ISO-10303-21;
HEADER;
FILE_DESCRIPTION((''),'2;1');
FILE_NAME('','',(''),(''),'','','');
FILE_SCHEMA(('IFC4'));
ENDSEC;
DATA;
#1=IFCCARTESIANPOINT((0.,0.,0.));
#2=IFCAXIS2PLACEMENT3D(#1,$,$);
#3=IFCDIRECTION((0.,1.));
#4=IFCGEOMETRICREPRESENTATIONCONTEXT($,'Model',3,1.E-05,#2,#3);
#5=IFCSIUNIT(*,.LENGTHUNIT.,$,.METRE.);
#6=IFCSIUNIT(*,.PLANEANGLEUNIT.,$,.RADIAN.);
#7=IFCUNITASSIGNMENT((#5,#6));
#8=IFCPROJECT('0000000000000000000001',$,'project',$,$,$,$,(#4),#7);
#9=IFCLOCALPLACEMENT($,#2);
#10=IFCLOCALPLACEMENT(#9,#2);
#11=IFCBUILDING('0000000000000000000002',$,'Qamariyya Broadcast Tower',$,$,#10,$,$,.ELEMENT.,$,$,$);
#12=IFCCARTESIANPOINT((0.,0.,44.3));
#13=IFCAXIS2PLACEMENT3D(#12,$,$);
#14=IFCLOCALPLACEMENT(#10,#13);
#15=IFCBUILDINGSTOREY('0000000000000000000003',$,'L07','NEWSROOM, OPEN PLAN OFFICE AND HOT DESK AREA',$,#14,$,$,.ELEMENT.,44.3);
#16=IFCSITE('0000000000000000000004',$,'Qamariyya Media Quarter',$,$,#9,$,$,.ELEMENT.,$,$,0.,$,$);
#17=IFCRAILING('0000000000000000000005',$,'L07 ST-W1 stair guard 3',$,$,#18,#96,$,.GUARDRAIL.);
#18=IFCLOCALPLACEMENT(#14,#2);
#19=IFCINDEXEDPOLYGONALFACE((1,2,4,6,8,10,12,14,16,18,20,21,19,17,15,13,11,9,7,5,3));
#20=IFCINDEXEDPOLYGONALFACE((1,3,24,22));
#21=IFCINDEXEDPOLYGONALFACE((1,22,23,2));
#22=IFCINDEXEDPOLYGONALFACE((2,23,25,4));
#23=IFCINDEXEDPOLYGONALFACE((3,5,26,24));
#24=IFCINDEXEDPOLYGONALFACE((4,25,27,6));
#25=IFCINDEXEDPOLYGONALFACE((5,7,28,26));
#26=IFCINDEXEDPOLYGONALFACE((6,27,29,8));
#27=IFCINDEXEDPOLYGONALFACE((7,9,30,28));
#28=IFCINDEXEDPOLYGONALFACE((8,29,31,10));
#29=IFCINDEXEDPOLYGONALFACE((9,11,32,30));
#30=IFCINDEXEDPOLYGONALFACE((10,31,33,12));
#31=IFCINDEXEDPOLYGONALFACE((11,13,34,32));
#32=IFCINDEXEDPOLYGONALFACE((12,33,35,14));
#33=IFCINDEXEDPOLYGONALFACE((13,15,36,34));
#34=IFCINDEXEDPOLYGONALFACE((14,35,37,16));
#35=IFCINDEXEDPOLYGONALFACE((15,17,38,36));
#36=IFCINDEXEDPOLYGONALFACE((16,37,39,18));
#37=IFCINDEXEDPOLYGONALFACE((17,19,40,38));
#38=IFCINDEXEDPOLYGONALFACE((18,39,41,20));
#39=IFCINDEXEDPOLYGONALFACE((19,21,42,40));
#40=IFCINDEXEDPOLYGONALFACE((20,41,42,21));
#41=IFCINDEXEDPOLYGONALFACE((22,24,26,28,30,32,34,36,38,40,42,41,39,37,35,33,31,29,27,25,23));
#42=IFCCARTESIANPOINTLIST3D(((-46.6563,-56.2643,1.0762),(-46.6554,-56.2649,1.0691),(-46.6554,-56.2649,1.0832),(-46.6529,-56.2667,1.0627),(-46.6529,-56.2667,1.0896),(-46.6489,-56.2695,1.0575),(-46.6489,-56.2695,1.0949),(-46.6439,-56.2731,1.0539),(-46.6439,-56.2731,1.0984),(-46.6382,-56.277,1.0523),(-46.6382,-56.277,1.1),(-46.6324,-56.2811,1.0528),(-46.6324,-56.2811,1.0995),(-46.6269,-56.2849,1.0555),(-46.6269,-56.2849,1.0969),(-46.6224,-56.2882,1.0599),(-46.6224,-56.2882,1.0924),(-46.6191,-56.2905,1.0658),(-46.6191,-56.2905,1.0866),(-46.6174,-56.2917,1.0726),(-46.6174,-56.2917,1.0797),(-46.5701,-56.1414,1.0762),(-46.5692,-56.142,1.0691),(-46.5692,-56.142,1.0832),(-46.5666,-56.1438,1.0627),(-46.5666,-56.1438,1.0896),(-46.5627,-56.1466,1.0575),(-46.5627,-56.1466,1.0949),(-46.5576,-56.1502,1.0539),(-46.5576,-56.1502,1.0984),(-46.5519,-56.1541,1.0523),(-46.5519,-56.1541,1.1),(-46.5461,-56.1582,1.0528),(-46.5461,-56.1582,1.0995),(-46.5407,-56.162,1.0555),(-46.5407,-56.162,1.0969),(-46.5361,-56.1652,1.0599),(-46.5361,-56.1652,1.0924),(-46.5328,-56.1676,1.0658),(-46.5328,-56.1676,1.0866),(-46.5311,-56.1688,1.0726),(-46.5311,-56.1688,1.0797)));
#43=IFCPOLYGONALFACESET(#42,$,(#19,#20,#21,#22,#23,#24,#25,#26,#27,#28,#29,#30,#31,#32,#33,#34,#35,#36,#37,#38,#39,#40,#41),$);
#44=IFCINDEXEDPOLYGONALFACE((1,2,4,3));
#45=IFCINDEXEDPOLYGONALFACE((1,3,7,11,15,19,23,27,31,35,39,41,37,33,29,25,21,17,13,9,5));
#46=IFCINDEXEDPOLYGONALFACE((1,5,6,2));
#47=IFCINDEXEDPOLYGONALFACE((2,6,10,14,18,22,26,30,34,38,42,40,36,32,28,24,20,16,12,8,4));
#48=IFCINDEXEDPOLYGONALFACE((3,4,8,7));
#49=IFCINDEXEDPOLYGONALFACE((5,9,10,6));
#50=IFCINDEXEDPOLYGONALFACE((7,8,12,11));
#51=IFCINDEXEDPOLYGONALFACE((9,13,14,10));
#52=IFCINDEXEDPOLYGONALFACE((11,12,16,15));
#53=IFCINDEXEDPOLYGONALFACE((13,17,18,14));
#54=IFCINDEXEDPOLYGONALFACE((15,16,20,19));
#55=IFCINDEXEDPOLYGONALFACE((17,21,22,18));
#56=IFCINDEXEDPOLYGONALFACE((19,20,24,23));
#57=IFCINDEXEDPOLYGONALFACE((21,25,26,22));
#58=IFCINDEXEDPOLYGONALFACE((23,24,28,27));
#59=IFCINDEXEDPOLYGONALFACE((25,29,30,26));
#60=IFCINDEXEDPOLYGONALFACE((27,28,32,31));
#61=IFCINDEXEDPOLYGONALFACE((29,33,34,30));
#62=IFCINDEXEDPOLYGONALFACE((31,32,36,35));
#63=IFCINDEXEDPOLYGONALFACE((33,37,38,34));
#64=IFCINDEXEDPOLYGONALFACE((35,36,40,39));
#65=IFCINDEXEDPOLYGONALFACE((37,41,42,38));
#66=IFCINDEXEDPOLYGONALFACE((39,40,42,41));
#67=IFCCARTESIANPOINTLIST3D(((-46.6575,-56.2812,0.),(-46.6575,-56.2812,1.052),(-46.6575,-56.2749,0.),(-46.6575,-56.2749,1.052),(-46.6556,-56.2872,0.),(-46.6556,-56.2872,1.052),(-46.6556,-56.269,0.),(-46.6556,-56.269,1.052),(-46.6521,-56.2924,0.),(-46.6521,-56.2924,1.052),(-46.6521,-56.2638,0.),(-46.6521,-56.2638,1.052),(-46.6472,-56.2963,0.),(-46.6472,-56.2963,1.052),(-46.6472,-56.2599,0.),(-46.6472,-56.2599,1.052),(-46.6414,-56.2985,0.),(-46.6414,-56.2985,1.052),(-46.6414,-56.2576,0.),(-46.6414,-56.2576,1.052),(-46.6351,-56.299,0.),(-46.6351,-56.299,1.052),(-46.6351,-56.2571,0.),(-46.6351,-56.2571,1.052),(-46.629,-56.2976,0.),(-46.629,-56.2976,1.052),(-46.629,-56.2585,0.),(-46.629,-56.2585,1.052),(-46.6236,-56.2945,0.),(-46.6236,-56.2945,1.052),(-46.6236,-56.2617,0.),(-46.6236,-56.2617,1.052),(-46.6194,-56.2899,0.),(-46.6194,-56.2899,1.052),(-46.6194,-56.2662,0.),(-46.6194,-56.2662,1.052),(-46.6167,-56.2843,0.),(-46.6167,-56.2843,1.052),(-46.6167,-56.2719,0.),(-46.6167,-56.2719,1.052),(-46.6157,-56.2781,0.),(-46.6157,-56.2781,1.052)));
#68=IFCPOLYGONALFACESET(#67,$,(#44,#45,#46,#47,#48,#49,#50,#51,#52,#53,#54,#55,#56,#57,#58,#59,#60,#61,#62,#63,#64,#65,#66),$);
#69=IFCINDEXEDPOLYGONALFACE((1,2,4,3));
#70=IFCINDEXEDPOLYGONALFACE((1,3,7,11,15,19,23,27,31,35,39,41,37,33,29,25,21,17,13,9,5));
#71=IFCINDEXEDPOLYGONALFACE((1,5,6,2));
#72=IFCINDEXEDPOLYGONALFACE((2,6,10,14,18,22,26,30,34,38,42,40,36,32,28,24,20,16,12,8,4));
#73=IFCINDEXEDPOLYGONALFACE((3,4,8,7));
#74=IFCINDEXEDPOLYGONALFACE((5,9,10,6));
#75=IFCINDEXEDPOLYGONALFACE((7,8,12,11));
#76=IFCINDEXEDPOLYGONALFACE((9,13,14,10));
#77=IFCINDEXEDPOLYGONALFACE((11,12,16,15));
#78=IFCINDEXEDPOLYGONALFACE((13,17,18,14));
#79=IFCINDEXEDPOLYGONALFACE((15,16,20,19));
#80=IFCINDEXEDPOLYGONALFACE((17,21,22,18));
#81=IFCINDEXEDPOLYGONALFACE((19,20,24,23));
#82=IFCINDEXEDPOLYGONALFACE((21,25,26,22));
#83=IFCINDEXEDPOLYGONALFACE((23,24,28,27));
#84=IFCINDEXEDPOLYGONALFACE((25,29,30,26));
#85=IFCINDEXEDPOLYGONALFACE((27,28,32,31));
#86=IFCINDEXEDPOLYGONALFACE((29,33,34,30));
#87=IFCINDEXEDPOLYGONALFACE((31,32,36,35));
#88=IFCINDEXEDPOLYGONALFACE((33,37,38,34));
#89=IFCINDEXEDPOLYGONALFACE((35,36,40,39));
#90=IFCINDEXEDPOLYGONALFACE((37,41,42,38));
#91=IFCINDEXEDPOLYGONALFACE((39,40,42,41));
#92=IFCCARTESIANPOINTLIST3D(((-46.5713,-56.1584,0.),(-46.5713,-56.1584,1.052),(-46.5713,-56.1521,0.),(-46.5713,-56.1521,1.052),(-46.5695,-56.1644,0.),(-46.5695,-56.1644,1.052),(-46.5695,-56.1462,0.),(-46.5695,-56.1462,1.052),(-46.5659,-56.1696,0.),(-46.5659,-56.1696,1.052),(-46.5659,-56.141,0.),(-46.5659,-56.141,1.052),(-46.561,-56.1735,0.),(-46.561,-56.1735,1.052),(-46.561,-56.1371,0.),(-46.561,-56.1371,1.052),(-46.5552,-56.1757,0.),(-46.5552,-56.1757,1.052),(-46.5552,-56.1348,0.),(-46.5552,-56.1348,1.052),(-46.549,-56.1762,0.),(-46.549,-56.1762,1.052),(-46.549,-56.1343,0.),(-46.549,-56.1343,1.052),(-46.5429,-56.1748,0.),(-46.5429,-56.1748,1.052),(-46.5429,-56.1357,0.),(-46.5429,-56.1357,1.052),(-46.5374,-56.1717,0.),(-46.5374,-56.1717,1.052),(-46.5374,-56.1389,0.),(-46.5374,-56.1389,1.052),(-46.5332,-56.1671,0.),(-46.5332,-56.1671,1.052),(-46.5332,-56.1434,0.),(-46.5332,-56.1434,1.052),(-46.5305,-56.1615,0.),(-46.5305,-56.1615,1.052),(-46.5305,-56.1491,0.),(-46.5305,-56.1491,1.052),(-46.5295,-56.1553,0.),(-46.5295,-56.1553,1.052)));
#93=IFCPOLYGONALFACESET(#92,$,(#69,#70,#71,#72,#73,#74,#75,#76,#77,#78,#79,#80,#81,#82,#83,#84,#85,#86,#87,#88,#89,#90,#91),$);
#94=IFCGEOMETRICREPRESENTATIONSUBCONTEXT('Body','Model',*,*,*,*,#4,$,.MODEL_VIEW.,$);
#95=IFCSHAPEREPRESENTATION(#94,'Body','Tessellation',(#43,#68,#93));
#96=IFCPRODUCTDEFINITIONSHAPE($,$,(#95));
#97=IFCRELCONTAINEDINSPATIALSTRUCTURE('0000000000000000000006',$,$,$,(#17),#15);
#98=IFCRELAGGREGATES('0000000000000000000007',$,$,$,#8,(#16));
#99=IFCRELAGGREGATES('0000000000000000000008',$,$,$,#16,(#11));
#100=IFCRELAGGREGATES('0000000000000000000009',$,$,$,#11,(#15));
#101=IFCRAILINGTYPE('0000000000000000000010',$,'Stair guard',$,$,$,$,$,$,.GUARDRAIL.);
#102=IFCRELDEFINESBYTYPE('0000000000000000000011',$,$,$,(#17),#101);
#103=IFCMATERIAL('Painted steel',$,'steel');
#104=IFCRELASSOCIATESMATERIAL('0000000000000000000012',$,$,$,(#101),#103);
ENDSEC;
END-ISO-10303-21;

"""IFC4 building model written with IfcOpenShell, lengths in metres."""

from ifc_helpers import new_model, si_unit, direction, frame, origin, origin_2d, place, context, subcontext, project, spatial, circle, extrude, material, type_object, element, save


model = new_model("IFC4")

# Units and contexts
model_context = context("Model", 3, precision=1e-05, world=origin(), true_north=direction((0.0, 1.0)))
body_context = subcontext(model_context, "Body", "Model", "MODEL_VIEW")
ifc_project = project(units=[si_unit("LENGTHUNIT", "METRE"), si_unit("PLANEANGLEUNIT", "RADIAN")], contexts=[model_context])

# Site, building, storey
site_placement = place(None, origin())
site = spatial("IfcSite", under=ifc_project, at=site_placement, Name="Qamariyya Media Quarter", CompositionType="ELEMENT", RefElevation=0.0)
building_placement = place(site_placement, origin())
building = spatial("IfcBuilding", under=site, at=building_placement, Name="Qamariyya Broadcast Tower", CompositionType="ELEMENT")
storey_placement = place(building_placement, frame((0.0, 0.0, 44.3)))
storey = spatial("IfcBuildingStorey", under=building, at=storey_placement, Name="L07", Description="NEWSROOM, OPEN PLAN OFFICE AND HOT DESK AREA", CompositionType="ELEMENT", Elevation=44.3)

# Railing
ifc_material_1 = material(Name="Painted steel", Category="steel")
railing_type_1 = type_object("IfcRailingType", Name="Stair guard", PredefinedType="GUARDRAIL", material=ifc_material_1)
railing_1_placement = place(storey_placement, frame((-46.6367, -56.2781, 0.0)))
element("IfcRailing", 1, at=railing_1_placement, inside=storey, type_object=railing_type_1, Name="L07 ST-W1 stair guard 3", PredefinedType="GUARDRAIL", context=body_context, shape_type="SweptSolid", body=[
    extrude(circle(Radius=0.0239, at=origin_2d()), frame((0.0, 0.0, 1.0762), z_axis=(0.574445, 0.818543, 0.0), x_axis=(-0.818543, 0.574445, 0.0)), (0.0, 0.0, 1.0), 0.1501),
    extrude(circle(Radius=0.021, at=origin_2d()), origin(), (0.0, 0.0, 1.0), 1.052),
    extrude(circle(Radius=0.021, at=origin_2d()), frame((0.0862, 0.1228, 0.0)), (0.0, 0.0, 1.0), 1.052),
])

save(model, "model.ifc")
